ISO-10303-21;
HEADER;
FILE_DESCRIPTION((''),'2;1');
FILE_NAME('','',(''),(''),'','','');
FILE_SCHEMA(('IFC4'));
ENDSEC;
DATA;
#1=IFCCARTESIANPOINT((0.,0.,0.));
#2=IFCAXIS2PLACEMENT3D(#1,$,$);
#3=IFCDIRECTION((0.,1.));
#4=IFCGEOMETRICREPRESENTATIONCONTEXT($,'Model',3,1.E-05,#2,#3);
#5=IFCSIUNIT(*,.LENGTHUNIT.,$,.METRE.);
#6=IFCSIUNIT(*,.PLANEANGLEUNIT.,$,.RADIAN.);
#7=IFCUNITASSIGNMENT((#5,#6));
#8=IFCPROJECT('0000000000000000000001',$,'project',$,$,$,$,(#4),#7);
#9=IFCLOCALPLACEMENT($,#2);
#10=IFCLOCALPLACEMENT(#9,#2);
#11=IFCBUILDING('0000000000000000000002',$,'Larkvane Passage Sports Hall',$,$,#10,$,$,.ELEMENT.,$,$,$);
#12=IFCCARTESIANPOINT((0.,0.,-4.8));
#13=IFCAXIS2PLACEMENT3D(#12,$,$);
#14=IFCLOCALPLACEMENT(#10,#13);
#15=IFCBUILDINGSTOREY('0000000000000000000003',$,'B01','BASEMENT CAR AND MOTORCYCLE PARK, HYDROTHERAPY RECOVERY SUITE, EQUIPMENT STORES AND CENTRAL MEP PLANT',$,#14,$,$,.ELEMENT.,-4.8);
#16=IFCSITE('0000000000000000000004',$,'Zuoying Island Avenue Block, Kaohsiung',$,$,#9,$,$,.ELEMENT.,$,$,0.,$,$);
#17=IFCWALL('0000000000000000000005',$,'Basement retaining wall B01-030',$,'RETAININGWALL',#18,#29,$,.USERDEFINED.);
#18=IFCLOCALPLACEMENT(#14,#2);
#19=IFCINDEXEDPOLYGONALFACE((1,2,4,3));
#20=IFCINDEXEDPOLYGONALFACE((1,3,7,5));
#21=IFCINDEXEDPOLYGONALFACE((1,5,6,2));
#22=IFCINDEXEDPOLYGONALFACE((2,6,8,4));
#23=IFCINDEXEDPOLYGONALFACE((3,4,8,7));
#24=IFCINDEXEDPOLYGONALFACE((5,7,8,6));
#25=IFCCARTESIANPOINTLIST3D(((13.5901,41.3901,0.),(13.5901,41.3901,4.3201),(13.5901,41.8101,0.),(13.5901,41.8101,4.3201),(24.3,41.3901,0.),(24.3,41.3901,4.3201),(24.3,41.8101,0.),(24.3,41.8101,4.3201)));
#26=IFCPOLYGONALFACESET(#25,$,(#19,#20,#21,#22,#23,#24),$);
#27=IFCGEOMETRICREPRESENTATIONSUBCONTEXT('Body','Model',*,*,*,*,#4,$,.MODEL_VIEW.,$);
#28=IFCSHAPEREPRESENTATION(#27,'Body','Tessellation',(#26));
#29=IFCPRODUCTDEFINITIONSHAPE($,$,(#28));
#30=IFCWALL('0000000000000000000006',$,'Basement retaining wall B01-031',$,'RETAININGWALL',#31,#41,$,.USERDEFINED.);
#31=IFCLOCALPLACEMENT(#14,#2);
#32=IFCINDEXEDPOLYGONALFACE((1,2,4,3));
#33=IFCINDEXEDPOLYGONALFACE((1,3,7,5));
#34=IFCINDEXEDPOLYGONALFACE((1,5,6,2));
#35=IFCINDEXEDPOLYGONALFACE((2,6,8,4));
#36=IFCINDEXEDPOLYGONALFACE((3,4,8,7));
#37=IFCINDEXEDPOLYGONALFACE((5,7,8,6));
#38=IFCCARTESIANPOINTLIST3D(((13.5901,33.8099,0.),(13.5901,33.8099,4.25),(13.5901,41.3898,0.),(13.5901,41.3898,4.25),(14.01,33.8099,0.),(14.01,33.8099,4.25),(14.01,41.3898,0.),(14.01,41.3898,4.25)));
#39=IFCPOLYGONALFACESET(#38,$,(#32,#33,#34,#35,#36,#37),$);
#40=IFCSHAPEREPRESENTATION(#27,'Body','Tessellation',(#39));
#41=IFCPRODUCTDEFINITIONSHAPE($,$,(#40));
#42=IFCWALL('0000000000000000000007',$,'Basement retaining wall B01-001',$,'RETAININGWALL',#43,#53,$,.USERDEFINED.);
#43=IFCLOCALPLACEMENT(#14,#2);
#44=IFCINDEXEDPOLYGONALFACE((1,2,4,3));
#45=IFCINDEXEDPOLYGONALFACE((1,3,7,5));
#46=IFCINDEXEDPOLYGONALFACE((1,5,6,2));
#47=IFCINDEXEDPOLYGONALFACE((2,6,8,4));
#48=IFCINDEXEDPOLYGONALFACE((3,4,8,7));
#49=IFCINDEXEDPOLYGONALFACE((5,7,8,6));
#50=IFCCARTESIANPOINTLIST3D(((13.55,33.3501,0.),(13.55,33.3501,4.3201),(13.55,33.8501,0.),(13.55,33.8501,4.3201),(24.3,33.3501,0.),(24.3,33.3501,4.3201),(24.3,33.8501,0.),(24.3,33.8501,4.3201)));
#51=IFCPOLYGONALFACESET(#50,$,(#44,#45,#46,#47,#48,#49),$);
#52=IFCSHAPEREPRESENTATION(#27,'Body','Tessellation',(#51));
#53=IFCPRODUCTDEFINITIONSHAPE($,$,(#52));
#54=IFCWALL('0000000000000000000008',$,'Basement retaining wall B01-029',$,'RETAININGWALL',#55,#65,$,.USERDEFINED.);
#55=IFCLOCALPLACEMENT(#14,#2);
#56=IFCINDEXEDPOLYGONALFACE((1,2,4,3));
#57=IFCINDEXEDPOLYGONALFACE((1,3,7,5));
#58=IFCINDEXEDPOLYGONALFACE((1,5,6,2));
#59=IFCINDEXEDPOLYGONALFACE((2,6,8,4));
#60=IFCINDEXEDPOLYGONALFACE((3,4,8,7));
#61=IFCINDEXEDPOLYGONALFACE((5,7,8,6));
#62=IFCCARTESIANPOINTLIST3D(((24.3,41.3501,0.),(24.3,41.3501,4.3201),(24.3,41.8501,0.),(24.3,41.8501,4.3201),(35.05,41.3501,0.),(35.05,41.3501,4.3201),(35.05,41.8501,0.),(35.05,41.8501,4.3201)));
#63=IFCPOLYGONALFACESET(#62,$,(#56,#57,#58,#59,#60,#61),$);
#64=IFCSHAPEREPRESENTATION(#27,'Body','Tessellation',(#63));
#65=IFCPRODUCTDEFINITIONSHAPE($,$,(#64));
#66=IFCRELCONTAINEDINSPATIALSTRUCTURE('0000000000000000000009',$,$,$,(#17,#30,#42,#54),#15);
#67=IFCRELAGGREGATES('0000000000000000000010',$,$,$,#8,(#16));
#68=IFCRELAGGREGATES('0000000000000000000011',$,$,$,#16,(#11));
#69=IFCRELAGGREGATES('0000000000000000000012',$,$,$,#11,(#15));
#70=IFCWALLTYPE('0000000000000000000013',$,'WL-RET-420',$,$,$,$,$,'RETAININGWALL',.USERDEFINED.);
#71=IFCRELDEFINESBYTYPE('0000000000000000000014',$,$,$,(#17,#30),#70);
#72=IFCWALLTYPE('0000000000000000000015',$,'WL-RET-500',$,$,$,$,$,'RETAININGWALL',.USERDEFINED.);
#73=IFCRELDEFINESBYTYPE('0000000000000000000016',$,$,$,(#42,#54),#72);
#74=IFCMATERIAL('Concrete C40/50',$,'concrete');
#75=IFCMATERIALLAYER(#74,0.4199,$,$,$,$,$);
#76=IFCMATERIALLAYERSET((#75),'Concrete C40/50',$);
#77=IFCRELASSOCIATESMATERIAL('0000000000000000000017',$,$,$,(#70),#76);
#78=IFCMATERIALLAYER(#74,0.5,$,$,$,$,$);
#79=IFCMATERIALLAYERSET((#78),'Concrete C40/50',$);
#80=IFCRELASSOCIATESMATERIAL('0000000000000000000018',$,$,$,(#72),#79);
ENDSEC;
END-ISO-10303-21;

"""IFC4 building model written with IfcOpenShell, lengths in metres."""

from ifc_helpers import new_model, si_unit, direction, frame, frame_2d, origin, place, context, subcontext, project, spatial, rectangle, extrude, material, layer, layer_set, type_object, element, save


model = new_model("IFC4")

# Units and contexts
model_context = context("Model", 3, precision=1e-05, world=origin(), true_north=direction((0.0, 1.0)))
body_context = subcontext(model_context, "Body", "Model", "MODEL_VIEW")
ifc_project = project(units=[si_unit("LENGTHUNIT", "METRE"), si_unit("PLANEANGLEUNIT", "RADIAN")], contexts=[model_context])

# Site, building, storey
site_placement = place(None, origin())
site = spatial("IfcSite", under=ifc_project, at=site_placement, Name="Zuoying Island Avenue Block, Kaohsiung", CompositionType="ELEMENT", RefElevation=0.0)
building_placement = place(site_placement, origin())
building = spatial("IfcBuilding", under=site, at=building_placement, Name="Larkvane Passage Sports Hall", CompositionType="ELEMENT")
storey_placement = place(building_placement, frame((0.0, 0.0, -4.8)))
storey = spatial("IfcBuildingStorey", under=building, at=storey_placement, Name="B01", Description="BASEMENT CAR AND MOTORCYCLE PARK, HYDROTHERAPY RECOVERY SUITE, EQUIPMENT STORES AND CENTRAL MEP PLANT", CompositionType="ELEMENT", Elevation=-4.8)

# Shared definitions
ifc_material_1 = material(Name="Concrete C40/50", Category="concrete")

# Walls
ifc_layer_1 = layer(ifc_material_1, 0.4199)
ifc_layer_set_1 = layer_set([ifc_layer_1], Name="Concrete C40/50")
wall_type_1 = type_object("IfcWallType", Name="WL-RET-420", ElementType="RETAININGWALL", PredefinedType="USERDEFINED", material=ifc_layer_set_1)
wall_1_placement = place(storey_placement, frame((24.3, 41.6001, 0.0), z_axis=(0.0, 0.0, 1.0), x_axis=(-1.0, 0.0, 0.0)))
element("IfcWall", 1, at=wall_1_placement, inside=storey, type_object=wall_type_1, Name="Basement retaining wall B01-030", ObjectType="RETAININGWALL", PredefinedType="USERDEFINED", context=body_context, shape_type="SweptSolid", body=[
    extrude(rectangle(XDim=10.71, YDim=0.4199, at=frame_2d((5.355, 0.0))), origin(), (0.0, 0.0, 1.0), 4.3201),
])
wall_2_placement = place(storey_placement, frame((13.8, 41.3899, 0.0), z_axis=(0.0, 0.0, 1.0), x_axis=(0.0, -1.0, 0.0)))
element("IfcWall", 2, at=wall_2_placement, inside=storey, type_object=wall_type_1, Name="Basement retaining wall B01-031", ObjectType="RETAININGWALL", PredefinedType="USERDEFINED", context=body_context, shape_type="SweptSolid", body=[
    extrude(rectangle(XDim=7.5798, YDim=0.4199, at=frame_2d((3.79, 0.0))), origin(), (0.0, 0.0, 1.0), 4.25),
])
ifc_layer_2 = layer(ifc_material_1, 0.5)
ifc_layer_set_2 = layer_set([ifc_layer_2], Name="Concrete C40/50")
wall_type_2 = type_object("IfcWallType", Name="WL-RET-500", ElementType="RETAININGWALL", PredefinedType="USERDEFINED", material=ifc_layer_set_2)
for number, where, z_axis, x_axis, name in (
    (3, (13.55, 33.6001, 0.0), (0.0, 0.0, 1.0), (1.0, 0.0, 0.0), "Basement retaining wall B01-001"),
    (4, (35.05, 41.6001, 0.0), (0.0, 0.0, 1.0), (-1.0, 0.0, 0.0), "Basement retaining wall B01-029"),
):
    element("IfcWall", number, at=place(storey_placement, frame(where, z_axis=z_axis, x_axis=x_axis)), inside=storey, type_object=wall_type_2, Name=name, ObjectType="RETAININGWALL", PredefinedType="USERDEFINED", context=body_context, shape_type="SweptSolid", body=[
        extrude(rectangle(XDim=10.75, YDim=0.5, at=frame_2d((5.375, 0.0))), origin(), (0.0, 0.0, 1.0), 4.3201),
    ])

save(model, "model.ifc")
